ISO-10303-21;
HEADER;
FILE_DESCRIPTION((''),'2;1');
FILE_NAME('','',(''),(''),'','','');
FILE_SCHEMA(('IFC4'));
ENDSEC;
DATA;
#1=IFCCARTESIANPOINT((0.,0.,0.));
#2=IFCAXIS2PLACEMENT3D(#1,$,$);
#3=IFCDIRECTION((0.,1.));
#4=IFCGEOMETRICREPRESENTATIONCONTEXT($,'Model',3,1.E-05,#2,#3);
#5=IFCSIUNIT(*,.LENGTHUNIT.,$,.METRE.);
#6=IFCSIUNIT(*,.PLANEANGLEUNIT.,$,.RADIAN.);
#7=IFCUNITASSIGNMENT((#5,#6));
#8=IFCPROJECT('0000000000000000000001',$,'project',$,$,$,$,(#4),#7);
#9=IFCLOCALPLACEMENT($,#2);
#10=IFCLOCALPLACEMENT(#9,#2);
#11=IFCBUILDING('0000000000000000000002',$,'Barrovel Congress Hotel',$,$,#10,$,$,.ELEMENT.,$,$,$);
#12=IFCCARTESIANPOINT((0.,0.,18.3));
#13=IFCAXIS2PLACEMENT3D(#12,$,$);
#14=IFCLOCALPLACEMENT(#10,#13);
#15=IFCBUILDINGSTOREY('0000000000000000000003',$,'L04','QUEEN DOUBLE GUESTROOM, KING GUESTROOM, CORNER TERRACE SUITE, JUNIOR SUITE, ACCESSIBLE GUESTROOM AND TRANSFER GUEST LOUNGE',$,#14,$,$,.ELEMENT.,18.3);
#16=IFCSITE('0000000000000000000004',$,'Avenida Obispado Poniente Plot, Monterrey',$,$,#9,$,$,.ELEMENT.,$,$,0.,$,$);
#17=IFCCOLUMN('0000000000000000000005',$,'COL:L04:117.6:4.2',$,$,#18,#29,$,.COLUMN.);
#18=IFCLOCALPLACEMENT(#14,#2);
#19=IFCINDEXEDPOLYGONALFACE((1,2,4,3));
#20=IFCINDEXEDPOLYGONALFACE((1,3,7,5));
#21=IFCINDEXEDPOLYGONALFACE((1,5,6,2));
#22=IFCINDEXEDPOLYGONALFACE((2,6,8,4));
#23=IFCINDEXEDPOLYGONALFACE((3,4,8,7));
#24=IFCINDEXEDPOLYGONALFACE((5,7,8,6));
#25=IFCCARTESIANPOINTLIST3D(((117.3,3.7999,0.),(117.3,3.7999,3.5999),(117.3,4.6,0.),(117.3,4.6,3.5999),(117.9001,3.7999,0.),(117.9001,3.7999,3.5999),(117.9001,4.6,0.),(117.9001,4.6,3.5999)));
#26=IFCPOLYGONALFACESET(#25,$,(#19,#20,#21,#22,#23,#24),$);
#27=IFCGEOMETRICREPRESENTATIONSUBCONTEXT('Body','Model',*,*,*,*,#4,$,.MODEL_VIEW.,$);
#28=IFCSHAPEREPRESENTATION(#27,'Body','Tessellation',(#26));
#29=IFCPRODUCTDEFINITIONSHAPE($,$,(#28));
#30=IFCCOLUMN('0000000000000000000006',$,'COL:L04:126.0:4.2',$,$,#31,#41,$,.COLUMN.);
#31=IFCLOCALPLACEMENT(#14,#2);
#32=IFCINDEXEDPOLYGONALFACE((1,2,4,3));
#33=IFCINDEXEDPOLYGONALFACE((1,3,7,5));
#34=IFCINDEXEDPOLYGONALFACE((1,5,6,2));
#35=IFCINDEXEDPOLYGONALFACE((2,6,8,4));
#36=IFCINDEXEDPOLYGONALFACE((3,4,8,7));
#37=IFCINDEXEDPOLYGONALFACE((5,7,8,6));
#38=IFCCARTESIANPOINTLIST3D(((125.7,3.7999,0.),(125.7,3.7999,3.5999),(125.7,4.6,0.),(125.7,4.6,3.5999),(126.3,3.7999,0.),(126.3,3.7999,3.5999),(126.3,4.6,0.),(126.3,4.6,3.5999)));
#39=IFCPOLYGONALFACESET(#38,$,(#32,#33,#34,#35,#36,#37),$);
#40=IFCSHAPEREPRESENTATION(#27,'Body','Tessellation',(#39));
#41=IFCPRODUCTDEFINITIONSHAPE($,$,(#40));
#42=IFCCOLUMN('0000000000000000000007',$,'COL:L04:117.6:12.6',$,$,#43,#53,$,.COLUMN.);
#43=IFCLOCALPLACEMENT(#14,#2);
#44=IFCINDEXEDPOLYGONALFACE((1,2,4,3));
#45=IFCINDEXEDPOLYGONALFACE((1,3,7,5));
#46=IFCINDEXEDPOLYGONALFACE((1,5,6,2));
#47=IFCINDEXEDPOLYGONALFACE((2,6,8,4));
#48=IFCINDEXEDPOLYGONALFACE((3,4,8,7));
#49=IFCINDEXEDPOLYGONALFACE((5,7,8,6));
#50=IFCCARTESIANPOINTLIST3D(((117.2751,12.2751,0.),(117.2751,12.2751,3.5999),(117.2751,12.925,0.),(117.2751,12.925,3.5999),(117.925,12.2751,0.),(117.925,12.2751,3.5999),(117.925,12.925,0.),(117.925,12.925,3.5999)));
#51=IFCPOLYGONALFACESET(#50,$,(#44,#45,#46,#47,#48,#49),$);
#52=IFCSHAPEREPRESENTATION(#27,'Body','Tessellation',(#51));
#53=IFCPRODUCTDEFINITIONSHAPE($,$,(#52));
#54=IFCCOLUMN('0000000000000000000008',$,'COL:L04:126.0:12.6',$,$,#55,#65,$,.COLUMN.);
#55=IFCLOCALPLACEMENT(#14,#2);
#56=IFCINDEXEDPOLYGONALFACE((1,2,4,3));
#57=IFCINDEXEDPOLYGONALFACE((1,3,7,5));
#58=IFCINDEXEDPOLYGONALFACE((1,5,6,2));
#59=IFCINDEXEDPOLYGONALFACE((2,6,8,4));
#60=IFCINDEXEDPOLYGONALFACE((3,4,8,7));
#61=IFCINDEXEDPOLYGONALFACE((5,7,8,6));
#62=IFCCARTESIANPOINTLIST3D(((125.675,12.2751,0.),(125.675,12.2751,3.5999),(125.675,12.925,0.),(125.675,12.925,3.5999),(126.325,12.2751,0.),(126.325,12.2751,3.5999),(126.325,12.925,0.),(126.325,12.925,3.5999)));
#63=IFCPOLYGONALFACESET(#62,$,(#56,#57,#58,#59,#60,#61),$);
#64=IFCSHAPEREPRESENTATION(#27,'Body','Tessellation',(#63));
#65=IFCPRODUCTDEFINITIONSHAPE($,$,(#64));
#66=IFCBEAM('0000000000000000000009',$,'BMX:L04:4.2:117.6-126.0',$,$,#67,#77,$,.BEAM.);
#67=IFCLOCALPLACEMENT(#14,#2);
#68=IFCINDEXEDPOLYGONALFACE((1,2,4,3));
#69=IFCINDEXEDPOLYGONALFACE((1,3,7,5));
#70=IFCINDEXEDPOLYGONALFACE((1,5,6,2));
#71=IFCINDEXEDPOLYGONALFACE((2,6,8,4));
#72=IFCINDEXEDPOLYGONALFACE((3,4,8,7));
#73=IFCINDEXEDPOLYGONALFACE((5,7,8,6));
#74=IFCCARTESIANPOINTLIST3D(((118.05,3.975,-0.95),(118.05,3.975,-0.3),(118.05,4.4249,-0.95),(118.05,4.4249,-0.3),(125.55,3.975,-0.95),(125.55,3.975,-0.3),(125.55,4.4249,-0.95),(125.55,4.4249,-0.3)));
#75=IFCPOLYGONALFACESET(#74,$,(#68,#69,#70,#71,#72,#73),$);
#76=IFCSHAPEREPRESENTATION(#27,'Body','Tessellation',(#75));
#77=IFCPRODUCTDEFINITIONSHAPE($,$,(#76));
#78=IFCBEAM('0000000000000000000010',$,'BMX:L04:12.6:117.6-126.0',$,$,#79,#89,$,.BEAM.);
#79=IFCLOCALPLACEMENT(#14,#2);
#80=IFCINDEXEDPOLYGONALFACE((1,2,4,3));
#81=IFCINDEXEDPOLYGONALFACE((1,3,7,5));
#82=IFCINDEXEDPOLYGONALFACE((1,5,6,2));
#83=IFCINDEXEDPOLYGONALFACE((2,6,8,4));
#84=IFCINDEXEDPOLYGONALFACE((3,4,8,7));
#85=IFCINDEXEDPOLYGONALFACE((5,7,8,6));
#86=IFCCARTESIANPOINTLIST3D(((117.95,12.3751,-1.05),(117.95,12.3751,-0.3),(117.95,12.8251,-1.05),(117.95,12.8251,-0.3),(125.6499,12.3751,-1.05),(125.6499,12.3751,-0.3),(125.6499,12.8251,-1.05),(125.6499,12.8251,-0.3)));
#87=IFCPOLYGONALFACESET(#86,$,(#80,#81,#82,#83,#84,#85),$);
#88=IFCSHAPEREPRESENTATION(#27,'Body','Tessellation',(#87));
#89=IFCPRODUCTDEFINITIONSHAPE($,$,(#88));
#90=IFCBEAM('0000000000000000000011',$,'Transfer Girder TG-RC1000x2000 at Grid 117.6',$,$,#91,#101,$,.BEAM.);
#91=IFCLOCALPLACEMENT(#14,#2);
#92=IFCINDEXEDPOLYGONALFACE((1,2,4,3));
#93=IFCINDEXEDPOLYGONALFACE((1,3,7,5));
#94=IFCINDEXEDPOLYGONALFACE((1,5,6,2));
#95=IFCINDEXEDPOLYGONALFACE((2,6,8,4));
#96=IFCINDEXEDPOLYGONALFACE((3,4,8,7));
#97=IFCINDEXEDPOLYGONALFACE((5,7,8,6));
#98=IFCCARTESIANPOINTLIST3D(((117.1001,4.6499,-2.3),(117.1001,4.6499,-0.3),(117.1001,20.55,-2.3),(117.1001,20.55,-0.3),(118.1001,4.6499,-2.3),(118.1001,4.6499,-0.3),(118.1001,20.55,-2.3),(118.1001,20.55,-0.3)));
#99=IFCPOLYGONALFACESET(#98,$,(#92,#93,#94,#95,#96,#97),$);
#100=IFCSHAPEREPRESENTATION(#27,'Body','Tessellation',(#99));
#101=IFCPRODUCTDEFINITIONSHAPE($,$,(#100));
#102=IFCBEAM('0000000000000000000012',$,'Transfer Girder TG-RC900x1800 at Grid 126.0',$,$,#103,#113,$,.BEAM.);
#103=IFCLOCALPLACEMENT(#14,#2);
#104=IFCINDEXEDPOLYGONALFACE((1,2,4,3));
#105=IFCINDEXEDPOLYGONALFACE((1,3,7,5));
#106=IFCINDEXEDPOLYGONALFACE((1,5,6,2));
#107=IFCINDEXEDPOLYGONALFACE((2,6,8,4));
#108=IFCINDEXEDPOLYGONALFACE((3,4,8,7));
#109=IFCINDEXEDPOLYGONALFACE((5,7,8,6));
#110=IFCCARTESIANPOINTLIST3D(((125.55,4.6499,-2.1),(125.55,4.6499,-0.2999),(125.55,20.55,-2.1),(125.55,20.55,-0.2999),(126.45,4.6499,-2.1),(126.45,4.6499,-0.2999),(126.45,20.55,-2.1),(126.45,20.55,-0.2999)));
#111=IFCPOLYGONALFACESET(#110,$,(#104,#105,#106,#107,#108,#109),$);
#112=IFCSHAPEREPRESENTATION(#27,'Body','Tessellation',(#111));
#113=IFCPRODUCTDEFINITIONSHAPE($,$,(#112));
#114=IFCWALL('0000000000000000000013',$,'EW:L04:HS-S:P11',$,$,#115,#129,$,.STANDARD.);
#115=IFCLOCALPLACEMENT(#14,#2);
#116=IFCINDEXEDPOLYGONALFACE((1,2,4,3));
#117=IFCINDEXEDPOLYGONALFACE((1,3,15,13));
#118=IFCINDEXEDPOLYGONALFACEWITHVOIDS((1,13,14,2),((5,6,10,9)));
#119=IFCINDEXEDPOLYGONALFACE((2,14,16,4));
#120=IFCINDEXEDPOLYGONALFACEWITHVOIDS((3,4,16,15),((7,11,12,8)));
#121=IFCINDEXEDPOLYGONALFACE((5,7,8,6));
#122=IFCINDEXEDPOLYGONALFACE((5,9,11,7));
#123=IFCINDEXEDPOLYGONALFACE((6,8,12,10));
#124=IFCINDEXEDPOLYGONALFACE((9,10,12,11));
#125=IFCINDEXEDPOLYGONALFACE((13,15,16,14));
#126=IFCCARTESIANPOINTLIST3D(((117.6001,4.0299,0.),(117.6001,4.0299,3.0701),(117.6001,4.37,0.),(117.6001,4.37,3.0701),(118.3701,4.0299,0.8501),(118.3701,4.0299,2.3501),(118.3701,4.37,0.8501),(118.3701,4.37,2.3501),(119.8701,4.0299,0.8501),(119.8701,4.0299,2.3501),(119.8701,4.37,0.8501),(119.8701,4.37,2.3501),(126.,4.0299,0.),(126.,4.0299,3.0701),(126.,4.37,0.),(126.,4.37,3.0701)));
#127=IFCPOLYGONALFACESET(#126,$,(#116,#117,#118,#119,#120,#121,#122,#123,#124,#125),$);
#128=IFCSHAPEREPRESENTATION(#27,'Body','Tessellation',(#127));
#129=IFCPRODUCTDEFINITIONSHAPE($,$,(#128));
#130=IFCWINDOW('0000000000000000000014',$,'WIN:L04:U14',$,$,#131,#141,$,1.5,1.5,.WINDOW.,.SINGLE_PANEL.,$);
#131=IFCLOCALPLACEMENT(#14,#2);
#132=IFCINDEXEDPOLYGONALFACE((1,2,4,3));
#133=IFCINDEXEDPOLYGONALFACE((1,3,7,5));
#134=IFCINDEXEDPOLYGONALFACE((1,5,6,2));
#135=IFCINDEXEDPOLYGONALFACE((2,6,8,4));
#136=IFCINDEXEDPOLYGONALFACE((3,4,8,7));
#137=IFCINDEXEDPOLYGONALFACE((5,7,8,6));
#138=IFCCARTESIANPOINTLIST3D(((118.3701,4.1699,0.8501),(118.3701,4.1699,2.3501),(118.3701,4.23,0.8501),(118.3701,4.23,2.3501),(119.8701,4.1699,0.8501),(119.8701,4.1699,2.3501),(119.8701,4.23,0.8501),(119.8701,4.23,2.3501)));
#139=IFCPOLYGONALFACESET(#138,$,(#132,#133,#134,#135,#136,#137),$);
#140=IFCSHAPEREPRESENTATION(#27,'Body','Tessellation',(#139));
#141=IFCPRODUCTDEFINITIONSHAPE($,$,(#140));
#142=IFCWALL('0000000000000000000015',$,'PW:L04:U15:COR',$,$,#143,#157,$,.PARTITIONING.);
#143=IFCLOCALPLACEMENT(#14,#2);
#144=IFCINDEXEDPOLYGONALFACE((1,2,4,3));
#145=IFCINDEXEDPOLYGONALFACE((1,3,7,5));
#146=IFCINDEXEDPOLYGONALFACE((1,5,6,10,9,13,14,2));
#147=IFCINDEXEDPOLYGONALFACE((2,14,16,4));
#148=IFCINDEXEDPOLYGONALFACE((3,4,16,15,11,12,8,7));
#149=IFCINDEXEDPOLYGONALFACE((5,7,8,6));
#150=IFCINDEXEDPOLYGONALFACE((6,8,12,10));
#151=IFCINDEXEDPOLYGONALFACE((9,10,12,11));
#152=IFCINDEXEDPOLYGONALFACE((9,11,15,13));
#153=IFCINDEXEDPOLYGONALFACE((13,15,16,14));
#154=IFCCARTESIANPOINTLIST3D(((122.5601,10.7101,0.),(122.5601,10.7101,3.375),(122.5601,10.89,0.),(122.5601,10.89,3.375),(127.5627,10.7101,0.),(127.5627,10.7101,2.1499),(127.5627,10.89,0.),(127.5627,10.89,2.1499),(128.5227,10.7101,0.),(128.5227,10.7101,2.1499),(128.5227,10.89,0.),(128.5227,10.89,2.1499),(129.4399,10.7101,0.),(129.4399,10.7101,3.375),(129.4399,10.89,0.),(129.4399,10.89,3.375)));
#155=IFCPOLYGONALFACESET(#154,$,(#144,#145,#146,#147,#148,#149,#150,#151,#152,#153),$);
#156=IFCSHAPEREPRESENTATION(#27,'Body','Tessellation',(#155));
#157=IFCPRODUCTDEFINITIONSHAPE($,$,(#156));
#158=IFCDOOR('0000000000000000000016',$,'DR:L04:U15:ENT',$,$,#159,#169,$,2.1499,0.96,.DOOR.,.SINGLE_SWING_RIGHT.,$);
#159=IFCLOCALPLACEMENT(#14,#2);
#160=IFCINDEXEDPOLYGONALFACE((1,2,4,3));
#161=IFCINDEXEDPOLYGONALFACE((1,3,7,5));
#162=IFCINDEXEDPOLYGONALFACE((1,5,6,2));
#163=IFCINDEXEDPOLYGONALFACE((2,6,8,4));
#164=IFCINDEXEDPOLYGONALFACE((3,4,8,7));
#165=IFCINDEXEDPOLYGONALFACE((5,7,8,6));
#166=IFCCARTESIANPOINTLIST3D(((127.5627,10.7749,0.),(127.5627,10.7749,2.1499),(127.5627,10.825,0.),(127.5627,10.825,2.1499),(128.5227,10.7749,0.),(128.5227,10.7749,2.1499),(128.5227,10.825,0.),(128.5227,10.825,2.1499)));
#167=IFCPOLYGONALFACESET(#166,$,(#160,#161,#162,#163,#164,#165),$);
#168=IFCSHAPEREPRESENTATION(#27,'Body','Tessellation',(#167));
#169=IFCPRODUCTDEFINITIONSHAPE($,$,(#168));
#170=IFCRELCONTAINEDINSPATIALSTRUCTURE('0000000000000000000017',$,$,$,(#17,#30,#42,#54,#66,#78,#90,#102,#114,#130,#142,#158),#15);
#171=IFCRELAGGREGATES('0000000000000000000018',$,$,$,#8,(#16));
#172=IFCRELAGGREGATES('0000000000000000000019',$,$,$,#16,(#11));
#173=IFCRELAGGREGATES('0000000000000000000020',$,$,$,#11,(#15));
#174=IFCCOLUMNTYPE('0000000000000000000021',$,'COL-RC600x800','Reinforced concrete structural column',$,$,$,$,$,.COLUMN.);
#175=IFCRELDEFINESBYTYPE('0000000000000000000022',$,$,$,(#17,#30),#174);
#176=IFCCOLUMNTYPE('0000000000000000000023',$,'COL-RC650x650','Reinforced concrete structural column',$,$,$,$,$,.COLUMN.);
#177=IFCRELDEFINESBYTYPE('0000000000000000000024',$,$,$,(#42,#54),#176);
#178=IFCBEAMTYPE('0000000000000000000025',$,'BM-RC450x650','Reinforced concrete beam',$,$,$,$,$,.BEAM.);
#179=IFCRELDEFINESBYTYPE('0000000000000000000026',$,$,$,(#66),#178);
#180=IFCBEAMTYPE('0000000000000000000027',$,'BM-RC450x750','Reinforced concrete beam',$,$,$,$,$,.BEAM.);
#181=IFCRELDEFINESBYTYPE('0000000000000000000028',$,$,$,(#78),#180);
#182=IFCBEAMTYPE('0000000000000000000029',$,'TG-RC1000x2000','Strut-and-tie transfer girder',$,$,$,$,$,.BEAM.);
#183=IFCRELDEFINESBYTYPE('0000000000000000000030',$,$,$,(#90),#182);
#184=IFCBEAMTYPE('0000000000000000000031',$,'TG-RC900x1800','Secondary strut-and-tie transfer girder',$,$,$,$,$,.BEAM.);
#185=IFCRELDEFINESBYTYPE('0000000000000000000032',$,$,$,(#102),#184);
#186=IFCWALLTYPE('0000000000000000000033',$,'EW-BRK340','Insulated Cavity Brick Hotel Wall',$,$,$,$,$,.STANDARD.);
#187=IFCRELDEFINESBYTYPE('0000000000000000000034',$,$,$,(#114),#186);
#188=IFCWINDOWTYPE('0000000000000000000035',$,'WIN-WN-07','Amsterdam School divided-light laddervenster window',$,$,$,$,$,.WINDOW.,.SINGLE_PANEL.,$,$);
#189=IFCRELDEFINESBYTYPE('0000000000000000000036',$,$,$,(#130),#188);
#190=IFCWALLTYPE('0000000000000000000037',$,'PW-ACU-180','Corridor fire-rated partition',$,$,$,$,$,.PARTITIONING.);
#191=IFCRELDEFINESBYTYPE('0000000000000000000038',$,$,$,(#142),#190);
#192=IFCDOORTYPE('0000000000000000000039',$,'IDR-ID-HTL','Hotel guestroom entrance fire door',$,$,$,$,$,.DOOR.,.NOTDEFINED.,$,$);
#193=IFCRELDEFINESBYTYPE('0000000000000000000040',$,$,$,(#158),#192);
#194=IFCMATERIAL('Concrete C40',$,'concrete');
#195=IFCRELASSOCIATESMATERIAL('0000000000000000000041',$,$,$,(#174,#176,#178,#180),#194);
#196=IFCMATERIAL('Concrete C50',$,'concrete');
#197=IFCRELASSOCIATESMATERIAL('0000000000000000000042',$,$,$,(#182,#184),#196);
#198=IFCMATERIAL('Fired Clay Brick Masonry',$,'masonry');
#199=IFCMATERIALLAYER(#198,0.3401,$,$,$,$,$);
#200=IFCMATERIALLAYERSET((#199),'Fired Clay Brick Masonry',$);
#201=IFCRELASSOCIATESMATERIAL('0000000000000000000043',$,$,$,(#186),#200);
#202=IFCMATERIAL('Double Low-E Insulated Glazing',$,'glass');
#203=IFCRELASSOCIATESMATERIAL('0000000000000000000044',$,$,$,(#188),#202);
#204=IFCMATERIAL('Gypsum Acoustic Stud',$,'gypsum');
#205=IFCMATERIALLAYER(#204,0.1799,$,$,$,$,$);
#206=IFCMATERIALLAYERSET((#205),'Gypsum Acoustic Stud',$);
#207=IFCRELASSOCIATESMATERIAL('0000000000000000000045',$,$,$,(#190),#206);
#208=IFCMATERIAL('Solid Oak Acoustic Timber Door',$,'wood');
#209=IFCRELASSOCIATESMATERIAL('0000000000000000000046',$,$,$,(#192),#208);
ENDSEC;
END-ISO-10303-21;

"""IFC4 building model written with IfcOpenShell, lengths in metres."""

from ifc_helpers import new_model, si_unit, direction, frame, frame_2d, origin, origin_2d, place, context, subcontext, project, spatial, rectangle, extrude, material, layer, layer_set, material_profile, profile_set, type_object, element, fill, save


model = new_model("IFC4")

# Units and contexts
model_context = context("Model", 3, precision=1e-05, world=origin(), true_north=direction((0.0, 1.0)))
body_context = subcontext(model_context, "Body", "Model", "MODEL_VIEW")
ifc_project = project(units=[si_unit("LENGTHUNIT", "METRE"), si_unit("PLANEANGLEUNIT", "RADIAN")], contexts=[model_context])

# Site, building, storey
site_placement = place(None, origin())
site = spatial("IfcSite", under=ifc_project, at=site_placement, Name="Avenida Obispado Poniente Plot, Monterrey", CompositionType="ELEMENT", RefElevation=0.0)
building_placement = place(site_placement, origin())
building = spatial("IfcBuilding", under=site, at=building_placement, Name="Barrovel Congress Hotel", CompositionType="ELEMENT")
storey_placement = place(building_placement, frame((0.0, 0.0, 18.3)))
storey = spatial("IfcBuildingStorey", under=building, at=storey_placement, Name="L04", Description="QUEEN DOUBLE GUESTROOM, KING GUESTROOM, CORNER TERRACE SUITE, JUNIOR SUITE, ACCESSIBLE GUESTROOM AND TRANSFER GUEST LOUNGE", CompositionType="ELEMENT", Elevation=18.3)

# Columns
ifc_material_1 = material(Name="Concrete C40", Category="concrete")
ifc_material_profile_1 = material_profile(ifc_material_1, rectangle(XDim=0.6001, YDim=0.8, at=origin_2d()), Name="RC600x800")
ifc_profile_set_1 = profile_set([ifc_material_profile_1], Name="Concrete C40")
column_type_1 = type_object("IfcColumnType", Name="COL-RC600x800", Description="Reinforced concrete structural column", PredefinedType="COLUMN", material=ifc_profile_set_1)
for number, where, z_axis, x_axis, name in (
    (1, (117.6001, 4.2, 0.0), (0.0, 0.0, 1.0), (1.0, 0.0, 0.0), "COL:L04:117.6:4.2"),
    (2, (126.0, 4.2, 0.0), (0.0, 0.0, 1.0), (1.0, 0.0, 0.0), "COL:L04:126.0:4.2"),
):
    element("IfcColumn", number, at=place(storey_placement, frame(where, z_axis=z_axis, x_axis=x_axis)), inside=storey, type_object=column_type_1, Name=name, PredefinedType="COLUMN", context=body_context, shape_type="SweptSolid", body=[
        extrude(rectangle(XDim=0.6001, YDim=0.8, at=origin_2d()), origin(), (0.0, 0.0, 1.0), 3.5999),
    ])
ifc_material_profile_2 = material_profile(ifc_material_1, rectangle(XDim=0.6499, YDim=0.6499, at=origin_2d()), Name="RC650x650")
ifc_profile_set_2 = profile_set([ifc_material_profile_2], Name="Concrete C40")
column_type_2 = type_object("IfcColumnType", Name="COL-RC650x650", Description="Reinforced concrete structural column", PredefinedType="COLUMN", material=ifc_profile_set_2)
for number, where, z_axis, x_axis, name in (
    (3, (117.6001, 12.6001, 0.0), (0.0, 0.0, 1.0), (1.0, 0.0, 0.0), "COL:L04:117.6:12.6"),
    (4, (126.0, 12.6001, 0.0), (0.0, 0.0, 1.0), (1.0, 0.0, 0.0), "COL:L04:126.0:12.6"),
):
    element("IfcColumn", number, at=place(storey_placement, frame(where, z_axis=z_axis, x_axis=x_axis)), inside=storey, type_object=column_type_2, Name=name, PredefinedType="COLUMN", context=body_context, shape_type="SweptSolid", body=[
        extrude(rectangle(XDim=0.6499, YDim=0.6499, at=origin_2d()), origin(), (0.0, 0.0, 1.0), 3.5999),
    ])

# Beams
ifc_material_profile_3 = material_profile(ifc_material_1, rectangle(XDim=0.45, YDim=0.6499, at=origin_2d()), Name="RC450x650")
ifc_profile_set_3 = profile_set([ifc_material_profile_3], Name="Concrete C40")
beam_type_1 = type_object("IfcBeamType", Name="BM-RC450x650", Description="Reinforced concrete beam", PredefinedType="BEAM", material=ifc_profile_set_3)
beam_1_placement = place(storey_placement, frame((118.05, 4.2, -0.625), z_axis=(1.0, 0.0, 0.0), x_axis=(0.0, 1.0, 0.0)))
element("IfcBeam", 5, at=beam_1_placement, inside=storey, type_object=beam_type_1, Name="BMX:L04:4.2:117.6-126.0", PredefinedType="BEAM", context=body_context, shape_type="SweptSolid", body=[
    extrude(rectangle(XDim=0.45, YDim=0.6499, at=origin_2d()), origin(), (0.0, 0.0, 1.0), 7.5),
])
ifc_material_profile_4 = material_profile(ifc_material_1, rectangle(XDim=0.45, YDim=0.75, at=origin_2d()), Name="RC450x750")
ifc_profile_set_4 = profile_set([ifc_material_profile_4], Name="Concrete C40")
beam_type_2 = type_object("IfcBeamType", Name="BM-RC450x750", Description="Reinforced concrete beam", PredefinedType="BEAM", material=ifc_profile_set_4)
beam_2_placement = place(storey_placement, frame((117.95, 12.6001, -0.675), z_axis=(1.0, 0.0, 0.0), x_axis=(0.0, 1.0, 0.0)))
element("IfcBeam", 6, at=beam_2_placement, inside=storey, type_object=beam_type_2, Name="BMX:L04:12.6:117.6-126.0", PredefinedType="BEAM", context=body_context, shape_type="SweptSolid", body=[
    extrude(rectangle(XDim=0.45, YDim=0.75, at=origin_2d()), origin(), (0.0, 0.0, 1.0), 7.7),
])
ifc_material_2 = material(Name="Concrete C50", Category="concrete")
ifc_material_profile_5 = material_profile(ifc_material_2, rectangle(XDim=1.0, YDim=2.0, at=origin_2d()), Name="RC1000x2000")
ifc_profile_set_5 = profile_set([ifc_material_profile_5], Name="Concrete C50")
beam_type_3 = type_object("IfcBeamType", Name="TG-RC1000x2000", Description="Strut-and-tie transfer girder", PredefinedType="BEAM", material=ifc_profile_set_5)
beam_3_placement = place(storey_placement, frame((117.6001, 4.6499, -1.3), z_axis=(0.0, 1.0, 0.0), x_axis=(-1.0, 0.0, 0.0)))
element("IfcBeam", 7, at=beam_3_placement, inside=storey, type_object=beam_type_3, Name="Transfer Girder TG-RC1000x2000 at Grid 117.6", PredefinedType="BEAM", context=body_context, shape_type="SweptSolid", body=[
    extrude(rectangle(XDim=1.0, YDim=2.0, at=origin_2d()), origin(), (0.0, 0.0, 1.0), 15.9001),
])
ifc_material_profile_6 = material_profile(ifc_material_2, rectangle(XDim=0.8999, YDim=1.8, at=origin_2d()), Name="RC900x1800")
ifc_profile_set_6 = profile_set([ifc_material_profile_6], Name="Concrete C50")
beam_type_4 = type_object("IfcBeamType", Name="TG-RC900x1800", Description="Secondary strut-and-tie transfer girder", PredefinedType="BEAM", material=ifc_profile_set_6)
beam_4_placement = place(storey_placement, frame((126.0, 4.6499, -1.2), z_axis=(0.0, 1.0, 0.0), x_axis=(-1.0, 0.0, 0.0)))
element("IfcBeam", 8, at=beam_4_placement, inside=storey, type_object=beam_type_4, Name="Transfer Girder TG-RC900x1800 at Grid 126.0", PredefinedType="BEAM", context=body_context, shape_type="SweptSolid", body=[
    extrude(rectangle(XDim=0.8999, YDim=1.8, at=origin_2d()), origin(), (0.0, 0.0, 1.0), 15.9001),
])

# Wall, opening, window
ifc_material_3 = material(Name="Fired Clay Brick Masonry", Category="masonry")
ifc_layer_1 = layer(ifc_material_3, 0.3401)
ifc_layer_set_1 = layer_set([ifc_layer_1], Name="Fired Clay Brick Masonry")
wall_type_1 = type_object("IfcWallType", Name="EW-BRK340", Description="Insulated Cavity Brick Hotel Wall", PredefinedType="STANDARD", material=ifc_layer_set_1)
wall_1_placement = place(storey_placement, frame((117.6001, 4.2, 0.0), z_axis=(0.0, 0.0, 1.0), x_axis=(1.0, 0.0, 0.0)))
wall_1 = element("IfcWall", 9, at=wall_1_placement, inside=storey, type_object=wall_type_1, Name="EW:L04:HS-S:P11", PredefinedType="STANDARD", context=body_context, shape_type="SweptSolid", body=[
    extrude(rectangle(XDim=8.3999, YDim=0.3401, at=frame_2d((4.2, 0.0))), origin(), (0.0, 0.0, 1.0), 3.0701),
])
opening_1_placement = place(wall_1_placement, frame((0.77, 0.0, 0.8501)))
opening_1 = element("IfcOpeningElement", 10, at=opening_1_placement, cuts=wall_1, PredefinedType="OPENING", context=body_context, shape_type="SweptSolid", body=[
    extrude(rectangle(XDim=1.5, YDim=1.5, at=frame_2d((0.75, 0.75))), frame((0.0, 0.1802, 0.0), z_axis=(0.0, -1.0, 0.0), x_axis=(1.0, 0.0, 0.0)), (0.0, 0.0, 1.0), 0.3601),
])
ifc_material_4 = material(Name="Double Low-E Insulated Glazing", Category="glass")
window_type = type_object("IfcWindowType", Name="WIN-WN-07", Description="Amsterdam School divided-light laddervenster window", PartitioningType="SINGLE_PANEL", PredefinedType="WINDOW", material=ifc_material_4)
window_placement = place(opening_1_placement, origin())
window = element("IfcWindow", 11, at=window_placement, inside=storey, type_object=window_type, Name="WIN:L04:U14", OverallHeight=1.5, OverallWidth=1.5, PartitioningType="SINGLE_PANEL", PredefinedType="WINDOW", context=body_context, shape_type="SweptSolid", body=[
    extrude(rectangle(XDim=1.5, YDim=1.5, at=frame_2d((0.75, 0.75))), frame((0.0, 0.03, 0.0), z_axis=(0.0, -1.0, 0.0), x_axis=(1.0, 0.0, 0.0)), (0.0, 0.0, 1.0), 0.0601),
])
fill(opening_1, window)

# Wall, opening, door
ifc_material_5 = material(Name="Gypsum Acoustic Stud", Category="gypsum")
ifc_layer_2 = layer(ifc_material_5, 0.1799)
ifc_layer_set_2 = layer_set([ifc_layer_2], Name="Gypsum Acoustic Stud")
wall_type_2 = type_object("IfcWallType", Name="PW-ACU-180", Description="Corridor fire-rated partition", PredefinedType="PARTITIONING", material=ifc_layer_set_2)
wall_2_placement = place(storey_placement, frame((122.5601, 10.8, 0.0), z_axis=(0.0, 0.0, 1.0), x_axis=(1.0, 0.0, 0.0)))
wall_2 = element("IfcWall", 12, at=wall_2_placement, inside=storey, type_object=wall_type_2, Name="PW:L04:U15:COR", PredefinedType="PARTITIONING", context=body_context, shape_type="SweptSolid", body=[
    extrude(rectangle(XDim=6.8799, YDim=0.1799, at=frame_2d((3.4399, 0.0))), origin(), (0.0, 0.0, 1.0), 3.375),
])
opening_2_placement = place(wall_2_placement, frame((5.0027, 0.0, 0.0)))
opening_2 = element("IfcOpeningElement", 13, at=opening_2_placement, cuts=wall_2, PredefinedType="OPENING", context=body_context, shape_type="SweptSolid", body=[
    extrude(rectangle(XDim=0.96, YDim=2.1499, at=frame_2d((0.48, 1.075))), frame((0.0, 0.1001, 0.0), z_axis=(0.0, -1.0, 0.0), x_axis=(1.0, 0.0, 0.0)), (0.0, 0.0, 1.0), 0.2),
])
ifc_material_6 = material(Name="Solid Oak Acoustic Timber Door", Category="wood")
door_type_1 = type_object("IfcDoorType", Name="IDR-ID-HTL", Description="Hotel guestroom entrance fire door", OperationType="NOTDEFINED", PredefinedType="DOOR", material=ifc_material_6)
door_1_placement = place(opening_2_placement, origin())
door_1 = element("IfcDoor", 14, at=door_1_placement, inside=storey, type_object=door_type_1, Name="DR:L04:U15:ENT", OperationType="SINGLE_SWING_RIGHT", OverallHeight=2.1499, OverallWidth=0.96, PredefinedType="DOOR", context=body_context, shape_type="SweptSolid", body=[
    extrude(rectangle(XDim=0.96, YDim=2.1499, at=frame_2d((0.48, 1.075))), frame((0.0, 0.0249, 0.0), z_axis=(0.0, -1.0, 0.0), x_axis=(1.0, 0.0, 0.0)), (0.0, 0.0, 1.0), 0.05),
])
fill(opening_2, door_1)

save(model, "model.ifc")
